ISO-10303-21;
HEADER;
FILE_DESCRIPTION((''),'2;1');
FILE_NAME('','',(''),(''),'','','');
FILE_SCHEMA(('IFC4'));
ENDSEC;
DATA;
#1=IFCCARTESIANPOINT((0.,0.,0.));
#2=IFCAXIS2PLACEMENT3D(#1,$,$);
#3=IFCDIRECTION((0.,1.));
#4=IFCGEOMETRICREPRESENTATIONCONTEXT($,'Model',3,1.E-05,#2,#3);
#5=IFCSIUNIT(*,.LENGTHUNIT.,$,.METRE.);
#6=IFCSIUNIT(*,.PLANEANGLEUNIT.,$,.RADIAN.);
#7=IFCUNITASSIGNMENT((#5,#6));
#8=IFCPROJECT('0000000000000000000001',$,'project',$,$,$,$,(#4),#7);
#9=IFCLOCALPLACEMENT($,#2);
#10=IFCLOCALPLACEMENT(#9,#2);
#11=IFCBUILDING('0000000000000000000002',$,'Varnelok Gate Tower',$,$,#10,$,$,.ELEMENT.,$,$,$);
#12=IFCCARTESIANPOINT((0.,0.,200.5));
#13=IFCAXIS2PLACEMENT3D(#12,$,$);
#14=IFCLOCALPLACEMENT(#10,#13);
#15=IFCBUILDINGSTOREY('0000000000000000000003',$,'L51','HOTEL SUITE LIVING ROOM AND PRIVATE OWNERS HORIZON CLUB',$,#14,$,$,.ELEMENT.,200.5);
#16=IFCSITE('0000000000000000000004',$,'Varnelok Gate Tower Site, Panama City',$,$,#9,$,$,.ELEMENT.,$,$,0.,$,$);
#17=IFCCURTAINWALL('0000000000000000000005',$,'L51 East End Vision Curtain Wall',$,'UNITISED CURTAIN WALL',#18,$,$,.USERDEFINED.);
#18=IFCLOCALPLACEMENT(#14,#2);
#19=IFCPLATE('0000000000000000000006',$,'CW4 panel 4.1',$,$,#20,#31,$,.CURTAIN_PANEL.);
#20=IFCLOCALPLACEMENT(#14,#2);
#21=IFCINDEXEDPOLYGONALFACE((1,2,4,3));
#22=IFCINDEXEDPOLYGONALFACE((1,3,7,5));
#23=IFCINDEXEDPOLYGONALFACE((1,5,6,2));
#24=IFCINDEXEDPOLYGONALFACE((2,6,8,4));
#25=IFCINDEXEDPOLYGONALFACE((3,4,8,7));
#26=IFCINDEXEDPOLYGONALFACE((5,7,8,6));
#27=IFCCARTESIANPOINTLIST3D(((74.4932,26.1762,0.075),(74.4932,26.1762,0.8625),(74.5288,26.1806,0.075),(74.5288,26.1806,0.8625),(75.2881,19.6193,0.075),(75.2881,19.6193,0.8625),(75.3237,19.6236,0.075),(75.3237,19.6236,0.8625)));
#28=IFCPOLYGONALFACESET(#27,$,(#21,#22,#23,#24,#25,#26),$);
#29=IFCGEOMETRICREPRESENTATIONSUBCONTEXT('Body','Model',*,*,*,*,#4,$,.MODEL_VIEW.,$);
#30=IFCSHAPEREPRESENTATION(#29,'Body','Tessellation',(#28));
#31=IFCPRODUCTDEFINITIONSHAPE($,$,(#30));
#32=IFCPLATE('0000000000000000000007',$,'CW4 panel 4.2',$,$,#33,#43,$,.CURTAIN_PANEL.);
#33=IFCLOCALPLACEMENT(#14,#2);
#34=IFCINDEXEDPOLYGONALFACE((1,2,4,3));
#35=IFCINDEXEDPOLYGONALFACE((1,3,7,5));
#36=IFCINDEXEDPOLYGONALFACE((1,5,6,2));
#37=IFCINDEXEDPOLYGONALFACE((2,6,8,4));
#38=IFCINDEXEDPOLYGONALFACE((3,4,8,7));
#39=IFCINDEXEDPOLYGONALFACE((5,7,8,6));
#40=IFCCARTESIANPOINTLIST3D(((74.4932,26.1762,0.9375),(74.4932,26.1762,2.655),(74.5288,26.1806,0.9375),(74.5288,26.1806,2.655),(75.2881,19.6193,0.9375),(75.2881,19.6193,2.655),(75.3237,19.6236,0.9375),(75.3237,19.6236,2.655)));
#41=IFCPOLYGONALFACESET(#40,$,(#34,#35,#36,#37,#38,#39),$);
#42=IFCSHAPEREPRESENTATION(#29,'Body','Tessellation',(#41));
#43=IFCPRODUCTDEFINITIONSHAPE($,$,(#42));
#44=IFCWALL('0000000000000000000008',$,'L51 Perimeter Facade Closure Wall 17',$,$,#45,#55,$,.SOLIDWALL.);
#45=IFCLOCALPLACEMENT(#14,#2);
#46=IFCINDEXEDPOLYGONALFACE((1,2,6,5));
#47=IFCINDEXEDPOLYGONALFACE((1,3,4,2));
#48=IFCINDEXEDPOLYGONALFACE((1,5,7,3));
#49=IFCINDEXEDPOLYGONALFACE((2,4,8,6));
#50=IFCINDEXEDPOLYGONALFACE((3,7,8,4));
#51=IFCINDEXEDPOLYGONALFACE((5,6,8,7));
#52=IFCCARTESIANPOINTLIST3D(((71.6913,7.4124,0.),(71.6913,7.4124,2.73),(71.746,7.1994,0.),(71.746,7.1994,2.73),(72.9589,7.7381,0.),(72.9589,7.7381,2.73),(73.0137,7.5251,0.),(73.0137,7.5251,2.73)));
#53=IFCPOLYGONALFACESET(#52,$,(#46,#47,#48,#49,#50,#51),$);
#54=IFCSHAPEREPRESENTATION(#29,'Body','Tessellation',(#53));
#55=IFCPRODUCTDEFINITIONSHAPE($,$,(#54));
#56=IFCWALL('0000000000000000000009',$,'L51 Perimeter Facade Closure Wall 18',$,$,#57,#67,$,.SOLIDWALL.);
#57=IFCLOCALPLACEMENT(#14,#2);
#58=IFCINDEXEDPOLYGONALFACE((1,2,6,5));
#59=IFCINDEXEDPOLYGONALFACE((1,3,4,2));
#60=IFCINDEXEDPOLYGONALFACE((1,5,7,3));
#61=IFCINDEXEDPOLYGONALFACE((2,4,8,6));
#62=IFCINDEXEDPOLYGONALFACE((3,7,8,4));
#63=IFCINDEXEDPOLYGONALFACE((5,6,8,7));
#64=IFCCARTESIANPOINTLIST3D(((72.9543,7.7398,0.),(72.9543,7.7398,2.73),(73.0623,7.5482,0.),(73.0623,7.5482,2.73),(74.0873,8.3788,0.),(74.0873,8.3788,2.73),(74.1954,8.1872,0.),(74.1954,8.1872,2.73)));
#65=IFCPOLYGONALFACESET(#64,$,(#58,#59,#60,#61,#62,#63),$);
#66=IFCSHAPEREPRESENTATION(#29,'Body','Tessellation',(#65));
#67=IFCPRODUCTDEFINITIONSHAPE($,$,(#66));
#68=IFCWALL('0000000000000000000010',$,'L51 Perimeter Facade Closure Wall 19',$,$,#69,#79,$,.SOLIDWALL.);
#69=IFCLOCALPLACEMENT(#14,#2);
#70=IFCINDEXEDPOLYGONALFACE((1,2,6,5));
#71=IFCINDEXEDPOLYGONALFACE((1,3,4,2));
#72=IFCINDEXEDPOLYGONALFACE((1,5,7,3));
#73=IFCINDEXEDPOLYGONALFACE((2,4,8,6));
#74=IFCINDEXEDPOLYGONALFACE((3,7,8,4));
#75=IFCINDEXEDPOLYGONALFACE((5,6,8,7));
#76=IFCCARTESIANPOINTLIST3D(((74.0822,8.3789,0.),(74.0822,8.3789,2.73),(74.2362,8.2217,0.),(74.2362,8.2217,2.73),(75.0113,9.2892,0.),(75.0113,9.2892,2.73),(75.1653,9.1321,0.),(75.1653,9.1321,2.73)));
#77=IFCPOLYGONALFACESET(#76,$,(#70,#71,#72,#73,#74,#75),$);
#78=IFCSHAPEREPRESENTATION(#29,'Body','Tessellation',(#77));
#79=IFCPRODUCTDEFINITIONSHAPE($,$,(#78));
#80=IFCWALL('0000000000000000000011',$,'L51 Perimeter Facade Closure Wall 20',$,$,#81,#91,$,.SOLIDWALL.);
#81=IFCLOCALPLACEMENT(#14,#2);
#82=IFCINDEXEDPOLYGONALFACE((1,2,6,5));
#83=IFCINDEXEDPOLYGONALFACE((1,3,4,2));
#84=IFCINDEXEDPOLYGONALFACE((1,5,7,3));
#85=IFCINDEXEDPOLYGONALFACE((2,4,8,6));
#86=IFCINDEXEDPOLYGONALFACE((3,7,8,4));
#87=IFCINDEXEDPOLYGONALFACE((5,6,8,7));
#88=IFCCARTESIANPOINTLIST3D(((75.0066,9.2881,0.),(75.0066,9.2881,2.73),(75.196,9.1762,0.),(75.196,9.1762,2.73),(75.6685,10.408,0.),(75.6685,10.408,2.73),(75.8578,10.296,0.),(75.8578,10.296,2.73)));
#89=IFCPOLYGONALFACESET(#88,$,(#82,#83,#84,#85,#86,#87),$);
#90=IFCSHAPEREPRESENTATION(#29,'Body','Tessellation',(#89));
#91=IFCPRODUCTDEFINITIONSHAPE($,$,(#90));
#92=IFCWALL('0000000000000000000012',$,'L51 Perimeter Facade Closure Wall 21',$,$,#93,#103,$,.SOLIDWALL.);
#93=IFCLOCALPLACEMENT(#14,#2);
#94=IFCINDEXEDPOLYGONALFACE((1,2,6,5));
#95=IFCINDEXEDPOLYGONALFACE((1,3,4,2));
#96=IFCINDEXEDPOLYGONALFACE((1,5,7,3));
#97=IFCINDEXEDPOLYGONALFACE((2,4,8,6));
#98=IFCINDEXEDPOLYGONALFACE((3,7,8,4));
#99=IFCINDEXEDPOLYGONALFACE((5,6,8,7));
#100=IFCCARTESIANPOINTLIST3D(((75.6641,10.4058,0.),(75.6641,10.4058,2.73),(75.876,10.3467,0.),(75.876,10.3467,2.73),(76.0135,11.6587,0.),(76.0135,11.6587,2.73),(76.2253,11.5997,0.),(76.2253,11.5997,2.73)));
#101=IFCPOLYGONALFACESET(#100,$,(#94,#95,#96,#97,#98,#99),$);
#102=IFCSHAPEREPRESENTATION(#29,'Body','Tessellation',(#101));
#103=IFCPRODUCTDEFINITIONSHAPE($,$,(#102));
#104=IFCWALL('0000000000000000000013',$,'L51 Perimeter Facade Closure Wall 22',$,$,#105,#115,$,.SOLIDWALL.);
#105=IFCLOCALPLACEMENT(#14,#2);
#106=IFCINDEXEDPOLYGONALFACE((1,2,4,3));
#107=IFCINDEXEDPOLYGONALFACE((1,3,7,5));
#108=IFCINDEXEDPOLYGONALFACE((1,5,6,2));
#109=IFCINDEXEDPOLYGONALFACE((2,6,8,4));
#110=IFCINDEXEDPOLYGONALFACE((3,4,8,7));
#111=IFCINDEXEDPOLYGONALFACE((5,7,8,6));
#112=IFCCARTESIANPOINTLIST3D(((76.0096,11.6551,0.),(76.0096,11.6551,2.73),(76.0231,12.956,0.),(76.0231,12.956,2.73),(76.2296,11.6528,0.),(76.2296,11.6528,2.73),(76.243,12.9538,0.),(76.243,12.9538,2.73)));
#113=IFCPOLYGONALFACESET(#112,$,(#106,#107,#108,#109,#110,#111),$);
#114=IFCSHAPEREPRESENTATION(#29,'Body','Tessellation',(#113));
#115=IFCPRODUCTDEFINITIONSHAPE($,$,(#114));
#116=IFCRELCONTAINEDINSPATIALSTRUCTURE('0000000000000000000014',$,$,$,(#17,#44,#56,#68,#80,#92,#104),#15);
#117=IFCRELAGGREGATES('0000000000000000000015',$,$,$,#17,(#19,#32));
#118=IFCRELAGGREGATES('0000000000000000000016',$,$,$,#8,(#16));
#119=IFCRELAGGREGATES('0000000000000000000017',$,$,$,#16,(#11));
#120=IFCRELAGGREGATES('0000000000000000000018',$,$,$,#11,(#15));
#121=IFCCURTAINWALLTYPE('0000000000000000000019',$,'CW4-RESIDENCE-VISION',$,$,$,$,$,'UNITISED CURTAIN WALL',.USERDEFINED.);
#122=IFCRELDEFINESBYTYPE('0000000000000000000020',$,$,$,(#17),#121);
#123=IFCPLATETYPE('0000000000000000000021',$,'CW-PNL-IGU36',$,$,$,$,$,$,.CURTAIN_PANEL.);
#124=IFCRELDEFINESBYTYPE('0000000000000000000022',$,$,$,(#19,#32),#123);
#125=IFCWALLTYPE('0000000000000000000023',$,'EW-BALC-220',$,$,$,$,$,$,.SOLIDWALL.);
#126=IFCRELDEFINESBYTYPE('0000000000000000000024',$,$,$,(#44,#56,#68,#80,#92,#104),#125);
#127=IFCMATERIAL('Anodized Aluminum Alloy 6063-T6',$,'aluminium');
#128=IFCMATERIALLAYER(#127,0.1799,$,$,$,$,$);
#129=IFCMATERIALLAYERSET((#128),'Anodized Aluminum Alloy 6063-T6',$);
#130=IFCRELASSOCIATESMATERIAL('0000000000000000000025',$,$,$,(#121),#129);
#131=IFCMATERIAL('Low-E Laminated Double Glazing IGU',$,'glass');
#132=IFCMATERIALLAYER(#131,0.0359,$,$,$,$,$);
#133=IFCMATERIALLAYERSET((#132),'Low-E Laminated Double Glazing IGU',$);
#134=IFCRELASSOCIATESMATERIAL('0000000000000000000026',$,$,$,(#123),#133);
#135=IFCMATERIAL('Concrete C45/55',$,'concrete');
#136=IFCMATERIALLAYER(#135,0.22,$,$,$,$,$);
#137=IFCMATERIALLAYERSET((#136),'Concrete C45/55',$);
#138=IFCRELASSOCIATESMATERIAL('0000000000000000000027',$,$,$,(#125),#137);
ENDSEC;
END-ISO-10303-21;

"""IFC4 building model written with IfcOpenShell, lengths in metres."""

from ifc_helpers import new_model, si_unit, direction, frame, frame_2d, origin, origin_2d, place, context, subcontext, project, spatial, rectangle, extrude, source, transform, mapped, material, layer, layer_set, type_object, element, aggregate, save


model = new_model("IFC4")

# Units and contexts
model_context = context("Model", 3, precision=1e-05, world=origin(), true_north=direction((0.0, 1.0)))
body_context = subcontext(model_context, "Body", "Model", "MODEL_VIEW")
ifc_project = project(units=[si_unit("LENGTHUNIT", "METRE"), si_unit("PLANEANGLEUNIT", "RADIAN")], contexts=[model_context])

# Site, building, storey
site_placement = place(None, origin())
site = spatial("IfcSite", under=ifc_project, at=site_placement, Name="Varnelok Gate Tower Site, Panama City", CompositionType="ELEMENT", RefElevation=0.0)
building_placement = place(site_placement, origin())
building = spatial("IfcBuilding", under=site, at=building_placement, Name="Varnelok Gate Tower", CompositionType="ELEMENT")
storey_placement = place(building_placement, frame((0.0, 0.0, 200.5)))
storey = spatial("IfcBuildingStorey", under=building, at=storey_placement, Name="L51", Description="HOTEL SUITE LIVING ROOM AND PRIVATE OWNERS HORIZON CLUB", CompositionType="ELEMENT", Elevation=200.5)

# Curtain wall, plates
ifc_material_1 = material(Name="Anodized Aluminum Alloy 6063-T6", Category="aluminium")
ifc_layer_1 = layer(ifc_material_1, 0.1799)
ifc_layer_set_1 = layer_set([ifc_layer_1], Name="Anodized Aluminum Alloy 6063-T6")
curtain_wall_type = type_object("IfcCurtainWallType", Name="CW4-RESIDENCE-VISION", ElementType="UNITISED CURTAIN WALL", PredefinedType="USERDEFINED", material=ifc_layer_set_1)
curtain_wall_placement = place(storey_placement, origin())
curtain_wall = element("IfcCurtainWall", 1, at=curtain_wall_placement, inside=storey, type_object=curtain_wall_type, Name="L51 East End Vision Curtain Wall", ObjectType="UNITISED CURTAIN WALL", PredefinedType="USERDEFINED")
ifc_material_2 = material(Name="Low-E Laminated Double Glazing IGU", Category="glass")
ifc_layer_2 = layer(ifc_material_2, 0.0359)
ifc_layer_set_2 = layer_set([ifc_layer_2], Name="Low-E Laminated Double Glazing IGU")
plate_type = type_object("IfcPlateType", Name="CW-PNL-IGU36", PredefinedType="CURTAIN_PANEL", material=ifc_layer_set_2)
shared_shape_1 = source(origin(), body_context, "Body", "SweptSolid", [
    extrude(rectangle(XDim=6.605, YDim=0.0359, at=origin_2d()), origin(), (0.0, 0.0, 1.0), 0.7876),
])
plate_1_placement = place(storey_placement, frame((74.9084, 22.8999, 0.075), z_axis=(0.0, 0.0, 1.0), x_axis=(0.120345, -0.992732, 0.0)))
plate_1 = element("IfcPlate", 2, at=plate_1_placement, type_object=plate_type, Name="CW4 panel 4.1", PredefinedType="CURTAIN_PANEL", context=body_context, shape_type="MappedRepresentation", body=[
    mapped(shared_shape_1, transform((0.0, 0.0, 0.0), scale=1.0)),
])
shared_shape_2 = source(origin(), body_context, "Body", "SweptSolid", [
    extrude(rectangle(XDim=6.605, YDim=0.0359, at=origin_2d()), origin(), (0.0, 0.0, 1.0), 1.7175),
])
plate_2_placement = place(storey_placement, frame((74.9084, 22.8999, 0.9375), z_axis=(0.0, 0.0, 1.0), x_axis=(0.120345, -0.992732, 0.0)))
plate_2 = element("IfcPlate", 3, at=plate_2_placement, type_object=plate_type, Name="CW4 panel 4.2", PredefinedType="CURTAIN_PANEL", context=body_context, shape_type="MappedRepresentation", body=[
    mapped(shared_shape_2, transform((0.0, 0.0, 0.0), scale=1.0)),
])
aggregate(curtain_wall, [plate_1, plate_2])

# Walls
ifc_material_3 = material(Name="Concrete C45/55", Category="concrete")
ifc_layer_3 = layer(ifc_material_3, 0.22)
ifc_layer_set_3 = layer_set([ifc_layer_3], Name="Concrete C45/55")
wall_type = type_object("IfcWallType", Name="EW-BALC-220", PredefinedType="SOLIDWALL", material=ifc_layer_set_3)
wall_1_placement = place(storey_placement, frame((71.7188, 7.3059, 0.0), z_axis=(0.0, 0.0, 1.0), x_axis=(0.968542, 0.248851, 0.0)))
element("IfcWall", 4, at=wall_1_placement, inside=storey, type_object=wall_type, Name="L51 Perimeter Facade Closure Wall 17", PredefinedType="SOLIDWALL", context=body_context, shape_type="SweptSolid", body=[
    extrude(rectangle(XDim=1.3088, YDim=0.22, at=frame_2d((0.6543, 0.0))), origin(), (0.0, 0.0, 1.0), 2.73),
])
for number, where, z_axis, x_axis, name in (
    (5, (73.0083, 7.644, 0.0), (0.0, 0.0, 1.0), (0.871059, 0.491179, 0.0), "L51 Perimeter Facade Closure Wall 18"),
    (6, (74.1592, 8.3003, 0.0), (0.0, 0.0, 1.0), (0.714295, 0.699844, 0.0), "L51 Perimeter Facade Closure Wall 19"),
    (7, (75.1013, 9.2322, 0.0), (0.0, 0.0, 1.0), (0.508799, 0.860885, 0.0), "L51 Perimeter Facade Closure Wall 20"),
    (8, (75.77, 10.3762, 0.0), (0.0, 0.0, 1.0), (0.268592, 0.963254, 0.0), "L51 Perimeter Facade Closure Wall 21"),
):
    element("IfcWall", number, at=place(storey_placement, frame(where, z_axis=z_axis, x_axis=x_axis)), inside=storey, type_object=wall_type, Name=name, PredefinedType="SOLIDWALL", context=body_context, shape_type="SweptSolid", body=[
        extrude(rectangle(XDim=1.3008, YDim=0.22, at=frame_2d((0.6504, 0.0))), origin(), (0.0, 0.0, 1.0), 2.73),
    ])
wall_2_placement = place(storey_placement, frame((76.1196, 11.6541, 0.0), z_axis=(0.0, 0.0, 1.0), x_axis=(0.01032, 0.999947, 0.0)))
element("IfcWall", 9, at=wall_2_placement, inside=storey, type_object=wall_type, Name="L51 Perimeter Facade Closure Wall 22", PredefinedType="SOLIDWALL", context=body_context, shape_type="SweptSolid", body=[
    extrude(rectangle(XDim=1.301, YDim=0.22, at=frame_2d((0.6504, 0.0))), origin(), (0.0, 0.0, 1.0), 2.73),
])

save(model, "model.ifc")
